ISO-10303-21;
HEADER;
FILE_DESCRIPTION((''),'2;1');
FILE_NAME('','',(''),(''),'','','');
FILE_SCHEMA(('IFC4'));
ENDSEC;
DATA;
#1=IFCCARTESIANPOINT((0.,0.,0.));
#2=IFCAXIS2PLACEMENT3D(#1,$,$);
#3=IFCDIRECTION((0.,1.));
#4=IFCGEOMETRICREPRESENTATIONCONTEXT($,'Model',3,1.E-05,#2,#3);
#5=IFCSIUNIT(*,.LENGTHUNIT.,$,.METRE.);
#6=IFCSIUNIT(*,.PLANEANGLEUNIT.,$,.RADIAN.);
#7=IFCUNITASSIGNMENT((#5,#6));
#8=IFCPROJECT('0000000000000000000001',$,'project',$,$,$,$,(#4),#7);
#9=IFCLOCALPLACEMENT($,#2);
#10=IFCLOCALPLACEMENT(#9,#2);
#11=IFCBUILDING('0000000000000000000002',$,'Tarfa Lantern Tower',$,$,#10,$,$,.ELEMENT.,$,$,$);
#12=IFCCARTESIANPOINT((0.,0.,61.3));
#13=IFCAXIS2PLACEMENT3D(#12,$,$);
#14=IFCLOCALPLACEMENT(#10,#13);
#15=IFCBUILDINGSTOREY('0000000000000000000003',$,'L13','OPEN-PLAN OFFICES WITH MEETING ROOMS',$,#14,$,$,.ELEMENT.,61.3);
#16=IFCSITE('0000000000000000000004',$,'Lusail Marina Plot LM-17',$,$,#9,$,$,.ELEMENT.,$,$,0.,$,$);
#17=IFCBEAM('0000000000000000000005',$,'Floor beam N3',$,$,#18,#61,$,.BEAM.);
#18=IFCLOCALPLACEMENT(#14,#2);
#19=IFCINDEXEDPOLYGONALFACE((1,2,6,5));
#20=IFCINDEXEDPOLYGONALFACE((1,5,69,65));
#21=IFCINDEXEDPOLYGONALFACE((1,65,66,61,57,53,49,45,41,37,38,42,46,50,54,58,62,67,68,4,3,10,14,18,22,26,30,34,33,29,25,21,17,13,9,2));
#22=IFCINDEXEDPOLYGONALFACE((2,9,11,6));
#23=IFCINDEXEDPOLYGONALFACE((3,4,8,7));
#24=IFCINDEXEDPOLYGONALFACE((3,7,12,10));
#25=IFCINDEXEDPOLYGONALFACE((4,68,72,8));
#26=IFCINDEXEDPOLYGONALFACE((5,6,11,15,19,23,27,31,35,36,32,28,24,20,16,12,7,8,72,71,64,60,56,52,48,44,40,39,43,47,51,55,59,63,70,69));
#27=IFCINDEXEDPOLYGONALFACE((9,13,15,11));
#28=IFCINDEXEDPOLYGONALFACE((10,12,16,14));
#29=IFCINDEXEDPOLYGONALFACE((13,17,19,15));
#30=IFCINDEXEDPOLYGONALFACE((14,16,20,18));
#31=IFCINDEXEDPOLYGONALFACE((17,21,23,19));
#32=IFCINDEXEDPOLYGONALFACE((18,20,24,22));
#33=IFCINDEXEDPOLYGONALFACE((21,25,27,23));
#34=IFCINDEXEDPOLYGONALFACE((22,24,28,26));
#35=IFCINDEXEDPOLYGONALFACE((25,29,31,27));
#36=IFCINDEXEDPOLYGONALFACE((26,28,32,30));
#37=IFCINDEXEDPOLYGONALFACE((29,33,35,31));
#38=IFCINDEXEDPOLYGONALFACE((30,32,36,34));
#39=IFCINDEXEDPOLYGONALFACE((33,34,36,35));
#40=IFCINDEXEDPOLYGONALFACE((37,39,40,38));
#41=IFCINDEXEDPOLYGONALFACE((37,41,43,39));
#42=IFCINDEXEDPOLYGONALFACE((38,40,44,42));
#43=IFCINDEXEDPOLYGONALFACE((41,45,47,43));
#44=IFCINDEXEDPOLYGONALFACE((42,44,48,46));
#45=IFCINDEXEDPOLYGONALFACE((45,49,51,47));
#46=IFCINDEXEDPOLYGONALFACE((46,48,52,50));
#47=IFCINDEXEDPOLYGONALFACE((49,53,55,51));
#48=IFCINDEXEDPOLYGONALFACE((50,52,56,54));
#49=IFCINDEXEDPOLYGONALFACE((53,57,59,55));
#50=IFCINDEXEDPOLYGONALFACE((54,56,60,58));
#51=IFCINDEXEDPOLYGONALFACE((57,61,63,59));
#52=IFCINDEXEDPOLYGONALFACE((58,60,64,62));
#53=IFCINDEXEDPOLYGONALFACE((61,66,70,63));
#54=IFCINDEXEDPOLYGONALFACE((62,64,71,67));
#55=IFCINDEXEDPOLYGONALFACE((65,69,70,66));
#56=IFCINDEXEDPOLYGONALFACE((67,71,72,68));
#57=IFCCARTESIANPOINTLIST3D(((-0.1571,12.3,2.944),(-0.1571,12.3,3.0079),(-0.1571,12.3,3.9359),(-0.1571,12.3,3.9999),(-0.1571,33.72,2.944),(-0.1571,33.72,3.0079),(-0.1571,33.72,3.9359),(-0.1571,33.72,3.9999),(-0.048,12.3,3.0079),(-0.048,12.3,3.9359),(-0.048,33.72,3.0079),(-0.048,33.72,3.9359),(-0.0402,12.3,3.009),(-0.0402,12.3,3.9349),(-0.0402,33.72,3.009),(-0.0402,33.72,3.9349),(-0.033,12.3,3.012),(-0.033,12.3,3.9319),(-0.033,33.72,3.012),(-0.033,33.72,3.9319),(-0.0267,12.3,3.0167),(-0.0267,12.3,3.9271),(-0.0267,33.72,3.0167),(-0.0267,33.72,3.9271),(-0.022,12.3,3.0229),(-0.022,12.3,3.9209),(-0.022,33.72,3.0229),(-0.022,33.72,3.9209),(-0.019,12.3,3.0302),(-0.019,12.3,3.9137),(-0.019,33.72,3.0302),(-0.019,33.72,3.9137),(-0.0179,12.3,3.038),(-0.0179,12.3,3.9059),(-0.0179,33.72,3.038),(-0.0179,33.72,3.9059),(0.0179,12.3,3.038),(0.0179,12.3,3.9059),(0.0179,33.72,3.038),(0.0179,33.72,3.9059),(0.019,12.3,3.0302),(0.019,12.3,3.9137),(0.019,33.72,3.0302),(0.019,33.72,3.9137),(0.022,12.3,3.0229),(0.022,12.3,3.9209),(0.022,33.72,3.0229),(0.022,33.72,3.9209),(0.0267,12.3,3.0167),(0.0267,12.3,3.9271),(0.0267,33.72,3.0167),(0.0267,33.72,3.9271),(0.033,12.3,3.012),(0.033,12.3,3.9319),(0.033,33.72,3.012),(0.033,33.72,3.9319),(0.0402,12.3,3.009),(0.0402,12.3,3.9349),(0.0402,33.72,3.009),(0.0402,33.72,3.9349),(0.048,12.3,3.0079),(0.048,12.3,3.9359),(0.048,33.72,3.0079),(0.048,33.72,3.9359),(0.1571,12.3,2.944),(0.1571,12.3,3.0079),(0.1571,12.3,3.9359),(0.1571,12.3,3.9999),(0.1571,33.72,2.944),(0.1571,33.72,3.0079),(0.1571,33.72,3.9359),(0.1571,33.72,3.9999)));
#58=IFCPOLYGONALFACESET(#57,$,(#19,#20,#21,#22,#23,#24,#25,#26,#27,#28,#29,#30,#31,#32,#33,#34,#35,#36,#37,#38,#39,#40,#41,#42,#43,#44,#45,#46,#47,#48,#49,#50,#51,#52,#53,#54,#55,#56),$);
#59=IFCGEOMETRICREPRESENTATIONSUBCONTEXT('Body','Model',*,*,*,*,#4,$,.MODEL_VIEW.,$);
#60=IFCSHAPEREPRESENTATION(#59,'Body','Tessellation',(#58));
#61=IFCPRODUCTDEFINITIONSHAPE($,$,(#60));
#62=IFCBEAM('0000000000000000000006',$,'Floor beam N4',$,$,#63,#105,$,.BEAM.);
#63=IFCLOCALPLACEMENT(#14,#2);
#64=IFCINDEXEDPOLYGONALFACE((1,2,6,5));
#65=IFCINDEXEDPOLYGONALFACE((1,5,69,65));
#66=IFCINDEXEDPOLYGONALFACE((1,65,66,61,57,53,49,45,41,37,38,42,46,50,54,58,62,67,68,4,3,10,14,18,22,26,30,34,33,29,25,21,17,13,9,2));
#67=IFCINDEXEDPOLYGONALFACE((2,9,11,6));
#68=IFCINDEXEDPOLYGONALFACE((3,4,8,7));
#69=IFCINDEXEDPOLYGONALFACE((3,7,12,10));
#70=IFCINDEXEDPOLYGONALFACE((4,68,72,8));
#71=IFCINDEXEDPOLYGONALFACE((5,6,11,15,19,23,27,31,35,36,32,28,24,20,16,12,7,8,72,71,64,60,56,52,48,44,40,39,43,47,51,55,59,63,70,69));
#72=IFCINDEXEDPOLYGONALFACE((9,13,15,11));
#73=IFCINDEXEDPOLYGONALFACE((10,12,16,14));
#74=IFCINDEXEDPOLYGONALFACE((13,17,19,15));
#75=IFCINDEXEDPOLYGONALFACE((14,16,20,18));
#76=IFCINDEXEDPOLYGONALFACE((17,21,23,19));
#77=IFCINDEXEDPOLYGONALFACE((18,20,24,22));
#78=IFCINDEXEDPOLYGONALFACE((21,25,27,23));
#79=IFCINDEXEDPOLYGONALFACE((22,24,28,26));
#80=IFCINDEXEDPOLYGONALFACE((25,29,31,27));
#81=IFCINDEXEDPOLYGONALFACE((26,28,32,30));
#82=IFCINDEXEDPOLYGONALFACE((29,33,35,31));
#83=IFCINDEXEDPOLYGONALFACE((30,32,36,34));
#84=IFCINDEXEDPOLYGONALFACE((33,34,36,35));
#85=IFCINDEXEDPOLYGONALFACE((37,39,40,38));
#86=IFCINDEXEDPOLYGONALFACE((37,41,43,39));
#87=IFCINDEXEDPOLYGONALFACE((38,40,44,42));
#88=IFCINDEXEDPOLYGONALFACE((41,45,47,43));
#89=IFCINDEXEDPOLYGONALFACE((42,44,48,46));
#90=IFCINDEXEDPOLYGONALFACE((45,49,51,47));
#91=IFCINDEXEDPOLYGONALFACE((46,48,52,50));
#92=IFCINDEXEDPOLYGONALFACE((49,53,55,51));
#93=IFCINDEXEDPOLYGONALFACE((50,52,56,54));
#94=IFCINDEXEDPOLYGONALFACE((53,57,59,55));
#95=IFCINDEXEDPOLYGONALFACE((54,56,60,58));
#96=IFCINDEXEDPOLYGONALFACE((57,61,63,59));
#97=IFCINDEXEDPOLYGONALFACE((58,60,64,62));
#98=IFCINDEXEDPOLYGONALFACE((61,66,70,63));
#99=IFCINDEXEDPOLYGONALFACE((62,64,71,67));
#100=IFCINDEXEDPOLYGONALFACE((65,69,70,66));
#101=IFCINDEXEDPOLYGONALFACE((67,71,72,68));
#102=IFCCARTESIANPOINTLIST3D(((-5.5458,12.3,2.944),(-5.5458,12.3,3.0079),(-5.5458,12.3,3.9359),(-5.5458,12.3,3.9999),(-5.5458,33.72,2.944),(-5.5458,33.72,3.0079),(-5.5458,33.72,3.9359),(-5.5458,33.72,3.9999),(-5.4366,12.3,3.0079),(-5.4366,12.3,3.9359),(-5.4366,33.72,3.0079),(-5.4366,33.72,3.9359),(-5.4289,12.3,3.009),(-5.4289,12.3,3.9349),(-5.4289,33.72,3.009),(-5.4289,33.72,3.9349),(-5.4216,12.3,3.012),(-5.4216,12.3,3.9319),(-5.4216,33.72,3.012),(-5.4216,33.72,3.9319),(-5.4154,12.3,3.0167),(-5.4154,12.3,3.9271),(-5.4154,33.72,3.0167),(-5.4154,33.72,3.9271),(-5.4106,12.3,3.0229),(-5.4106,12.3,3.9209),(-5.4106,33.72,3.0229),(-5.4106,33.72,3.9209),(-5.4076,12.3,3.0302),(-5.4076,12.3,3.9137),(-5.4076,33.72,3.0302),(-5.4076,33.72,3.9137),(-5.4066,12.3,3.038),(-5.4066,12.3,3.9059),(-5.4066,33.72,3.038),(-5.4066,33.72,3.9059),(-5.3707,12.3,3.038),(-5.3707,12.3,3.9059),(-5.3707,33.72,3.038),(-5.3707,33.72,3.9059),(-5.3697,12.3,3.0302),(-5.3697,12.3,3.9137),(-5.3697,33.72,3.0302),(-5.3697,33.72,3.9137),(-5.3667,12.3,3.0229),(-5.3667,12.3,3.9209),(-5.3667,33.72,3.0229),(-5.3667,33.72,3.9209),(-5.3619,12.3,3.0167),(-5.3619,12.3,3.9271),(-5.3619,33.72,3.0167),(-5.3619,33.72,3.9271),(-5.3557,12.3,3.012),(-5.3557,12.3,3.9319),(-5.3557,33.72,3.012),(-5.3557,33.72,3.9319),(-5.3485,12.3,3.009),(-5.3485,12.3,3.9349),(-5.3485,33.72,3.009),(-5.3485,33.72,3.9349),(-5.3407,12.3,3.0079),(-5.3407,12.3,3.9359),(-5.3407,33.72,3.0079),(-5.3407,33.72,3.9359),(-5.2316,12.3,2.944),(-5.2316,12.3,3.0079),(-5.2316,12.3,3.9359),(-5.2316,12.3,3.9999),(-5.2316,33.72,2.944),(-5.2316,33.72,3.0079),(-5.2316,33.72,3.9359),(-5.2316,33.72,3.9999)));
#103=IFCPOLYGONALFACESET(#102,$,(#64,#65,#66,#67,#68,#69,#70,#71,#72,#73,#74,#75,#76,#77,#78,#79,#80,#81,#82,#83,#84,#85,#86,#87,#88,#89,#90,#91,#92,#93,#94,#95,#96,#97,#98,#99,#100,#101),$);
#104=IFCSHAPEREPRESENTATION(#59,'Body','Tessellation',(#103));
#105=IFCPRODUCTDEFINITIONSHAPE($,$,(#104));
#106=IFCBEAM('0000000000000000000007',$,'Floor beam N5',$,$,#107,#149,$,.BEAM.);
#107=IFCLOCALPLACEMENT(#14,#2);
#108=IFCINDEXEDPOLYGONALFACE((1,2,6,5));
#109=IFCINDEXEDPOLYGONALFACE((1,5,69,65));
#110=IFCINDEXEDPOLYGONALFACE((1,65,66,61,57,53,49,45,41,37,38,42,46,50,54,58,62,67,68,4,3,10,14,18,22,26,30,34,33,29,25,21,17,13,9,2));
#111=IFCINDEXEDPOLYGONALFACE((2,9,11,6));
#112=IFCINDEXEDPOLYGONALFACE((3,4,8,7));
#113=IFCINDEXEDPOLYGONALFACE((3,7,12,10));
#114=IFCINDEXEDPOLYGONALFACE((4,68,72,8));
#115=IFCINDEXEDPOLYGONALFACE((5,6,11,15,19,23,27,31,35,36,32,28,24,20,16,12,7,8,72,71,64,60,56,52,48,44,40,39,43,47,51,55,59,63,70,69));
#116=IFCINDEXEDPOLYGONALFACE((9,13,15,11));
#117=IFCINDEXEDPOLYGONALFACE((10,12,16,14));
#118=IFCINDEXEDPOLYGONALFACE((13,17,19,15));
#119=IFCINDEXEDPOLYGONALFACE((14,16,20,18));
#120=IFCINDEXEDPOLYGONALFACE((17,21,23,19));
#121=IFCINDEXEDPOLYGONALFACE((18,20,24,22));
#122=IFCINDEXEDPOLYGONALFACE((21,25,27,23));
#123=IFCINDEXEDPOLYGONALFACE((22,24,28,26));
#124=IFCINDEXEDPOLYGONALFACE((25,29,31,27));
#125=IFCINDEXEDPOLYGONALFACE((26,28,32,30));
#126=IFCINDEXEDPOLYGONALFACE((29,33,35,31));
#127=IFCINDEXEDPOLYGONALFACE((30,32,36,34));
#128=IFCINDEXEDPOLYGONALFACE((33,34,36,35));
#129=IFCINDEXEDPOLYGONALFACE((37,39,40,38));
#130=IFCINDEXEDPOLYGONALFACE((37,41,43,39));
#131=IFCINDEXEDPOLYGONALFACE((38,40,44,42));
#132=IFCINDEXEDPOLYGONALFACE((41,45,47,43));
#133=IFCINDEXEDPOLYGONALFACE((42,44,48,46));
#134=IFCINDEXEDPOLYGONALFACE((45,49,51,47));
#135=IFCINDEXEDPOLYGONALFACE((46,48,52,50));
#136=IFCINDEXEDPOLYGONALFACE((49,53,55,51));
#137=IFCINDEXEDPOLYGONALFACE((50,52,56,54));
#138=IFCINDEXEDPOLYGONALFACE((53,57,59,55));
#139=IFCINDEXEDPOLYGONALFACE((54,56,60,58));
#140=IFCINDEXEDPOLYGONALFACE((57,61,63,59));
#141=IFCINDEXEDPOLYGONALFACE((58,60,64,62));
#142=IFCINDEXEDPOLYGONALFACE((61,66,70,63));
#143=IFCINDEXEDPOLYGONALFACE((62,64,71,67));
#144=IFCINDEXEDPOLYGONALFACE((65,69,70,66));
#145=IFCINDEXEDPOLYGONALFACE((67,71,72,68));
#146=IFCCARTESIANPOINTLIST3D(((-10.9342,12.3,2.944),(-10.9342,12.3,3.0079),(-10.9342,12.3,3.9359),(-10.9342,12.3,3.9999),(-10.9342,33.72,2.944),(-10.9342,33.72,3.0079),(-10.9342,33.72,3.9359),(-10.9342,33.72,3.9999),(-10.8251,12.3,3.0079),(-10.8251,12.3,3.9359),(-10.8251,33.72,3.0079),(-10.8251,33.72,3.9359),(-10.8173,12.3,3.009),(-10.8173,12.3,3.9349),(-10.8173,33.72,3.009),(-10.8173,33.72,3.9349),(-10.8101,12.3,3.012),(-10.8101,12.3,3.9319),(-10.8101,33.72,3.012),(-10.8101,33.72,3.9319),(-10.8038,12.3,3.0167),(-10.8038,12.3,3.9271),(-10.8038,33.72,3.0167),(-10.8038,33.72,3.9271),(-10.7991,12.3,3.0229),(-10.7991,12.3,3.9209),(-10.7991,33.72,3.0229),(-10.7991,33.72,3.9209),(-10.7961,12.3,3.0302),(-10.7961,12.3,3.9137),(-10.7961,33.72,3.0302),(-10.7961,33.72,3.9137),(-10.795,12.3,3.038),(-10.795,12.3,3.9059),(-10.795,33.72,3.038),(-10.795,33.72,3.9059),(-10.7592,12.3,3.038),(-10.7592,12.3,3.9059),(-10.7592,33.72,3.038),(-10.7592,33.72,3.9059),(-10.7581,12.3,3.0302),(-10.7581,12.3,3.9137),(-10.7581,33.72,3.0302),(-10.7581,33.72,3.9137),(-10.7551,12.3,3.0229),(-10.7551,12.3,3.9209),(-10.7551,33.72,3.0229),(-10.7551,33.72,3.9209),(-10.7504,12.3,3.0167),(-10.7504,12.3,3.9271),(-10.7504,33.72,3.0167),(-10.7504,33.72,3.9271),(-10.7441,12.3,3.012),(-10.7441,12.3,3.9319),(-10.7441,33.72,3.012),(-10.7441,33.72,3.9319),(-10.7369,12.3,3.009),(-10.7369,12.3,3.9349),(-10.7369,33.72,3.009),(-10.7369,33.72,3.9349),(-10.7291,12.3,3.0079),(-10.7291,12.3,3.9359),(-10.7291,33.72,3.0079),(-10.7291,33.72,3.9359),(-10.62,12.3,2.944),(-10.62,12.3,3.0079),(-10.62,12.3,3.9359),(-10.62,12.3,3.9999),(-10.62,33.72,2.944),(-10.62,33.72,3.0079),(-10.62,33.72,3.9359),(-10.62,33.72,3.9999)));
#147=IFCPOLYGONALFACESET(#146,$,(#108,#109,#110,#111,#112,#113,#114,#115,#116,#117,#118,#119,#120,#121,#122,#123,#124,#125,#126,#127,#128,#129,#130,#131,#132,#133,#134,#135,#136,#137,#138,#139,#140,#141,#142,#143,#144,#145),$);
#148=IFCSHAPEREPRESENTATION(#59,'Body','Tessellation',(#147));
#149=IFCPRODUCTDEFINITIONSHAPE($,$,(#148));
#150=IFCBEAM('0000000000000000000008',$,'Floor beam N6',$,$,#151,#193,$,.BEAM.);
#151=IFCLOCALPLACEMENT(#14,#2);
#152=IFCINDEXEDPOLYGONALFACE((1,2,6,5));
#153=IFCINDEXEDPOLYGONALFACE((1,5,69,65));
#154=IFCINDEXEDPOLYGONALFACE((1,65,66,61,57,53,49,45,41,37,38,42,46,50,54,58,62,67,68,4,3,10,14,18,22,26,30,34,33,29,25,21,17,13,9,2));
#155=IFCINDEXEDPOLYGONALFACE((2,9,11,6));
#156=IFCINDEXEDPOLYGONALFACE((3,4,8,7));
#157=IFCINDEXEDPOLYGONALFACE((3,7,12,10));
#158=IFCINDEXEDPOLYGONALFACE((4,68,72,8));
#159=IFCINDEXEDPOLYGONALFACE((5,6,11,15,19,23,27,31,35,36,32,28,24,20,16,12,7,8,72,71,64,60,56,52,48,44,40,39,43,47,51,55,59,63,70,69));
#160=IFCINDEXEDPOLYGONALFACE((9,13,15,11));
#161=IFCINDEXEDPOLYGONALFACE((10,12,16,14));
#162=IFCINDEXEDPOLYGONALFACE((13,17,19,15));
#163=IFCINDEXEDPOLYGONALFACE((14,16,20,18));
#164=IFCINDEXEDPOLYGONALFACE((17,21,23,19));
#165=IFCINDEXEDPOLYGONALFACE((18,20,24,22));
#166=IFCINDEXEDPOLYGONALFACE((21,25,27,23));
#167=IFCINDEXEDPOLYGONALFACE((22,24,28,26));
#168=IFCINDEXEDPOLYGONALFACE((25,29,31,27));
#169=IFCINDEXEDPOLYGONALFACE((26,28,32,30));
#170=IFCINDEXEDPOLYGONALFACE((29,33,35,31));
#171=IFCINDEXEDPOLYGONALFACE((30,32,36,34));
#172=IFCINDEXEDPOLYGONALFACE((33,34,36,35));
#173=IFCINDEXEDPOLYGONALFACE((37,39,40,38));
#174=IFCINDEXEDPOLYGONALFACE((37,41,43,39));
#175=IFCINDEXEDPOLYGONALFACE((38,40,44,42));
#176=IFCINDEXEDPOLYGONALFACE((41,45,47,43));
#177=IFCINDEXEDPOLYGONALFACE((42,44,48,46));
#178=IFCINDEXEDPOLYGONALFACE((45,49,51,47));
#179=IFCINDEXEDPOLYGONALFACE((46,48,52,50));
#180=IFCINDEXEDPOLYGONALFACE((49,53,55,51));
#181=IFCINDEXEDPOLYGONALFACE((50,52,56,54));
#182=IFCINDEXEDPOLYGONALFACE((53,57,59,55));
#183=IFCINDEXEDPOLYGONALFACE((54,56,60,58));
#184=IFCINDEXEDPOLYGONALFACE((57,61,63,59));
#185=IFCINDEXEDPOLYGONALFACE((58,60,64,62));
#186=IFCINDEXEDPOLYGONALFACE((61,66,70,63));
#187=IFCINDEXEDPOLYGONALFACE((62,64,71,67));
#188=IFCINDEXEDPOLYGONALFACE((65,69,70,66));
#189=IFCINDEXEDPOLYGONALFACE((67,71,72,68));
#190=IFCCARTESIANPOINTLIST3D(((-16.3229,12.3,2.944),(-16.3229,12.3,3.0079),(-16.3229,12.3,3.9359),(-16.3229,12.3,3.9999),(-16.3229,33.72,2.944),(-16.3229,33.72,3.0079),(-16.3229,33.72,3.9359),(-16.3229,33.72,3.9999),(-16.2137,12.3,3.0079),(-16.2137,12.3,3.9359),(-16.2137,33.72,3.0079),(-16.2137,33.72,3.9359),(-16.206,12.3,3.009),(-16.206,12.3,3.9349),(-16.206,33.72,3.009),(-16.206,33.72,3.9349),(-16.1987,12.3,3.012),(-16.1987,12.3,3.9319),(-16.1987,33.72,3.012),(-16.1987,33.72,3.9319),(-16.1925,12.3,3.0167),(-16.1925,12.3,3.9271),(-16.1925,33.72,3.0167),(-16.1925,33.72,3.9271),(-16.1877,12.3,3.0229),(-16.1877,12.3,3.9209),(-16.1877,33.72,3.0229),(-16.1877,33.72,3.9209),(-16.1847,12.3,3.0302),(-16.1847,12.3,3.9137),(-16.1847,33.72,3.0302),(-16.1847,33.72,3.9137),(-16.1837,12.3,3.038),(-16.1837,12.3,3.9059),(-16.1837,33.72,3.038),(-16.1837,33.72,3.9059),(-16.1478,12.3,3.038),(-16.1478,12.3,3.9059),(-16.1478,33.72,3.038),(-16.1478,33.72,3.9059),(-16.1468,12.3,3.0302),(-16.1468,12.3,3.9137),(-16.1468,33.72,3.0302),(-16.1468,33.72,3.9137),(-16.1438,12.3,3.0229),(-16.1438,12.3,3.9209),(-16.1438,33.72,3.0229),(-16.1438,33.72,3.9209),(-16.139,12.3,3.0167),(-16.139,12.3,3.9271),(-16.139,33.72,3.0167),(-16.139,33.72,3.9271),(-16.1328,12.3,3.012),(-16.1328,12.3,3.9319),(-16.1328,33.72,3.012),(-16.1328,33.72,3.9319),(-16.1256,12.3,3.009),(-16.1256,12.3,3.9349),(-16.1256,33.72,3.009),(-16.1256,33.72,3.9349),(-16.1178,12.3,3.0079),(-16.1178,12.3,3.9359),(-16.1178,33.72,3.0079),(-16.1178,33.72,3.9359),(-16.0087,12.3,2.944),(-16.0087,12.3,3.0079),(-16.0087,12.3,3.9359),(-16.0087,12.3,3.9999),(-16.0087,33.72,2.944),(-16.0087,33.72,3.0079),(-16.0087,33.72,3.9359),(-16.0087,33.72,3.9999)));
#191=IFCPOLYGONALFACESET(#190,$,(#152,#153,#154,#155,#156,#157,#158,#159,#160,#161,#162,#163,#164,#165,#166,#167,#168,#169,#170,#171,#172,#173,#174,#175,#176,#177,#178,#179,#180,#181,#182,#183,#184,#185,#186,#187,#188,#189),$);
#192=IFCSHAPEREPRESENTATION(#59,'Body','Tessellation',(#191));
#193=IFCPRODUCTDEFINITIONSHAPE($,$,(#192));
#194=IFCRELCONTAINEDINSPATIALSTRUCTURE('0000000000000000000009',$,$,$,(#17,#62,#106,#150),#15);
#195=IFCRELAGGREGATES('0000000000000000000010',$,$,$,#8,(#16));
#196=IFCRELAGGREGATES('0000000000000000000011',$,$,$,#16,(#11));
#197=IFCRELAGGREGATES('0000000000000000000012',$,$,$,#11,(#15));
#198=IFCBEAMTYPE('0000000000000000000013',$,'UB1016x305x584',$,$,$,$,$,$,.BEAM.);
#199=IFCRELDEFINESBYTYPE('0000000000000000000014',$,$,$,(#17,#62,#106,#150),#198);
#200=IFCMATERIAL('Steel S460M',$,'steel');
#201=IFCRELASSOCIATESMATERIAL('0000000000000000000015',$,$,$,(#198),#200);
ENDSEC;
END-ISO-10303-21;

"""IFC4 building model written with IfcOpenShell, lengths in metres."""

from ifc_helpers import new_model, si_unit, direction, frame, origin, origin_2d, place, context, subcontext, project, spatial, i_section, extrude, material, material_profile, profile_set, type_object, element, save


model = new_model("IFC4")

# Units and contexts
model_context = context("Model", 3, precision=1e-05, world=origin(), true_north=direction((0.0, 1.0)))
body_context = subcontext(model_context, "Body", "Model", "MODEL_VIEW")
ifc_project = project(units=[si_unit("LENGTHUNIT", "METRE"), si_unit("PLANEANGLEUNIT", "RADIAN")], contexts=[model_context])

# Site, building, storey
site_placement = place(None, origin())
site = spatial("IfcSite", under=ifc_project, at=site_placement, Name="Lusail Marina Plot LM-17", CompositionType="ELEMENT", RefElevation=0.0)
building_placement = place(site_placement, origin())
building = spatial("IfcBuilding", under=site, at=building_placement, Name="Tarfa Lantern Tower", CompositionType="ELEMENT")
storey_placement = place(building_placement, frame((0.0, 0.0, 61.3)))
storey = spatial("IfcBuildingStorey", under=building, at=storey_placement, Name="L13", Description="OPEN-PLAN OFFICES WITH MEETING ROOMS", CompositionType="ELEMENT", Elevation=61.3)

# Beams
ifc_material_1 = material(Name="Steel S460M", Category="steel")
ifc_material_profile_1 = material_profile(ifc_material_1, i_section(OverallWidth=0.3142, OverallDepth=1.0559, WebThickness=0.0359, FlangeThickness=0.064, FilletRadius=0.03, at=origin_2d()), Name="UB1016x305x584")
ifc_profile_set_1 = profile_set([ifc_material_profile_1], Name="Steel S460M")
beam_type_1 = type_object("IfcBeamType", Name="UB1016x305x584", PredefinedType="BEAM", material=ifc_profile_set_1)
for number, where, z_axis, x_axis, name in (
    (1, (0.0, 33.72, 3.4719), (0.0, -1.0, 0.0), (1.0, 0.0, 0.0), "Floor beam N3"),
    (2, (-5.3887, 33.72, 3.4719), (0.0, -1.0, 0.0), (1.0, 0.0, 0.0), "Floor beam N4"),
    (3, (-10.7771, 33.72, 3.4719), (0.0, -1.0, 0.0), (1.0, 0.0, 0.0), "Floor beam N5"),
    (4, (-16.1658, 33.72, 3.4719), (0.0, -1.0, 0.0), (1.0, 0.0, 0.0), "Floor beam N6"),
):
    element("IfcBeam", number, at=place(storey_placement, frame(where, z_axis=z_axis, x_axis=x_axis)), inside=storey, type_object=beam_type_1, Name=name, PredefinedType="BEAM", context=body_context, shape_type="SweptSolid", body=[
        extrude(i_section(OverallWidth=0.3142, OverallDepth=1.0559, WebThickness=0.0359, FlangeThickness=0.064, FilletRadius=0.03, at=origin_2d()), origin(), (0.0, 0.0, 1.0), 21.4199),
    ])

save(model, "model.ifc")
